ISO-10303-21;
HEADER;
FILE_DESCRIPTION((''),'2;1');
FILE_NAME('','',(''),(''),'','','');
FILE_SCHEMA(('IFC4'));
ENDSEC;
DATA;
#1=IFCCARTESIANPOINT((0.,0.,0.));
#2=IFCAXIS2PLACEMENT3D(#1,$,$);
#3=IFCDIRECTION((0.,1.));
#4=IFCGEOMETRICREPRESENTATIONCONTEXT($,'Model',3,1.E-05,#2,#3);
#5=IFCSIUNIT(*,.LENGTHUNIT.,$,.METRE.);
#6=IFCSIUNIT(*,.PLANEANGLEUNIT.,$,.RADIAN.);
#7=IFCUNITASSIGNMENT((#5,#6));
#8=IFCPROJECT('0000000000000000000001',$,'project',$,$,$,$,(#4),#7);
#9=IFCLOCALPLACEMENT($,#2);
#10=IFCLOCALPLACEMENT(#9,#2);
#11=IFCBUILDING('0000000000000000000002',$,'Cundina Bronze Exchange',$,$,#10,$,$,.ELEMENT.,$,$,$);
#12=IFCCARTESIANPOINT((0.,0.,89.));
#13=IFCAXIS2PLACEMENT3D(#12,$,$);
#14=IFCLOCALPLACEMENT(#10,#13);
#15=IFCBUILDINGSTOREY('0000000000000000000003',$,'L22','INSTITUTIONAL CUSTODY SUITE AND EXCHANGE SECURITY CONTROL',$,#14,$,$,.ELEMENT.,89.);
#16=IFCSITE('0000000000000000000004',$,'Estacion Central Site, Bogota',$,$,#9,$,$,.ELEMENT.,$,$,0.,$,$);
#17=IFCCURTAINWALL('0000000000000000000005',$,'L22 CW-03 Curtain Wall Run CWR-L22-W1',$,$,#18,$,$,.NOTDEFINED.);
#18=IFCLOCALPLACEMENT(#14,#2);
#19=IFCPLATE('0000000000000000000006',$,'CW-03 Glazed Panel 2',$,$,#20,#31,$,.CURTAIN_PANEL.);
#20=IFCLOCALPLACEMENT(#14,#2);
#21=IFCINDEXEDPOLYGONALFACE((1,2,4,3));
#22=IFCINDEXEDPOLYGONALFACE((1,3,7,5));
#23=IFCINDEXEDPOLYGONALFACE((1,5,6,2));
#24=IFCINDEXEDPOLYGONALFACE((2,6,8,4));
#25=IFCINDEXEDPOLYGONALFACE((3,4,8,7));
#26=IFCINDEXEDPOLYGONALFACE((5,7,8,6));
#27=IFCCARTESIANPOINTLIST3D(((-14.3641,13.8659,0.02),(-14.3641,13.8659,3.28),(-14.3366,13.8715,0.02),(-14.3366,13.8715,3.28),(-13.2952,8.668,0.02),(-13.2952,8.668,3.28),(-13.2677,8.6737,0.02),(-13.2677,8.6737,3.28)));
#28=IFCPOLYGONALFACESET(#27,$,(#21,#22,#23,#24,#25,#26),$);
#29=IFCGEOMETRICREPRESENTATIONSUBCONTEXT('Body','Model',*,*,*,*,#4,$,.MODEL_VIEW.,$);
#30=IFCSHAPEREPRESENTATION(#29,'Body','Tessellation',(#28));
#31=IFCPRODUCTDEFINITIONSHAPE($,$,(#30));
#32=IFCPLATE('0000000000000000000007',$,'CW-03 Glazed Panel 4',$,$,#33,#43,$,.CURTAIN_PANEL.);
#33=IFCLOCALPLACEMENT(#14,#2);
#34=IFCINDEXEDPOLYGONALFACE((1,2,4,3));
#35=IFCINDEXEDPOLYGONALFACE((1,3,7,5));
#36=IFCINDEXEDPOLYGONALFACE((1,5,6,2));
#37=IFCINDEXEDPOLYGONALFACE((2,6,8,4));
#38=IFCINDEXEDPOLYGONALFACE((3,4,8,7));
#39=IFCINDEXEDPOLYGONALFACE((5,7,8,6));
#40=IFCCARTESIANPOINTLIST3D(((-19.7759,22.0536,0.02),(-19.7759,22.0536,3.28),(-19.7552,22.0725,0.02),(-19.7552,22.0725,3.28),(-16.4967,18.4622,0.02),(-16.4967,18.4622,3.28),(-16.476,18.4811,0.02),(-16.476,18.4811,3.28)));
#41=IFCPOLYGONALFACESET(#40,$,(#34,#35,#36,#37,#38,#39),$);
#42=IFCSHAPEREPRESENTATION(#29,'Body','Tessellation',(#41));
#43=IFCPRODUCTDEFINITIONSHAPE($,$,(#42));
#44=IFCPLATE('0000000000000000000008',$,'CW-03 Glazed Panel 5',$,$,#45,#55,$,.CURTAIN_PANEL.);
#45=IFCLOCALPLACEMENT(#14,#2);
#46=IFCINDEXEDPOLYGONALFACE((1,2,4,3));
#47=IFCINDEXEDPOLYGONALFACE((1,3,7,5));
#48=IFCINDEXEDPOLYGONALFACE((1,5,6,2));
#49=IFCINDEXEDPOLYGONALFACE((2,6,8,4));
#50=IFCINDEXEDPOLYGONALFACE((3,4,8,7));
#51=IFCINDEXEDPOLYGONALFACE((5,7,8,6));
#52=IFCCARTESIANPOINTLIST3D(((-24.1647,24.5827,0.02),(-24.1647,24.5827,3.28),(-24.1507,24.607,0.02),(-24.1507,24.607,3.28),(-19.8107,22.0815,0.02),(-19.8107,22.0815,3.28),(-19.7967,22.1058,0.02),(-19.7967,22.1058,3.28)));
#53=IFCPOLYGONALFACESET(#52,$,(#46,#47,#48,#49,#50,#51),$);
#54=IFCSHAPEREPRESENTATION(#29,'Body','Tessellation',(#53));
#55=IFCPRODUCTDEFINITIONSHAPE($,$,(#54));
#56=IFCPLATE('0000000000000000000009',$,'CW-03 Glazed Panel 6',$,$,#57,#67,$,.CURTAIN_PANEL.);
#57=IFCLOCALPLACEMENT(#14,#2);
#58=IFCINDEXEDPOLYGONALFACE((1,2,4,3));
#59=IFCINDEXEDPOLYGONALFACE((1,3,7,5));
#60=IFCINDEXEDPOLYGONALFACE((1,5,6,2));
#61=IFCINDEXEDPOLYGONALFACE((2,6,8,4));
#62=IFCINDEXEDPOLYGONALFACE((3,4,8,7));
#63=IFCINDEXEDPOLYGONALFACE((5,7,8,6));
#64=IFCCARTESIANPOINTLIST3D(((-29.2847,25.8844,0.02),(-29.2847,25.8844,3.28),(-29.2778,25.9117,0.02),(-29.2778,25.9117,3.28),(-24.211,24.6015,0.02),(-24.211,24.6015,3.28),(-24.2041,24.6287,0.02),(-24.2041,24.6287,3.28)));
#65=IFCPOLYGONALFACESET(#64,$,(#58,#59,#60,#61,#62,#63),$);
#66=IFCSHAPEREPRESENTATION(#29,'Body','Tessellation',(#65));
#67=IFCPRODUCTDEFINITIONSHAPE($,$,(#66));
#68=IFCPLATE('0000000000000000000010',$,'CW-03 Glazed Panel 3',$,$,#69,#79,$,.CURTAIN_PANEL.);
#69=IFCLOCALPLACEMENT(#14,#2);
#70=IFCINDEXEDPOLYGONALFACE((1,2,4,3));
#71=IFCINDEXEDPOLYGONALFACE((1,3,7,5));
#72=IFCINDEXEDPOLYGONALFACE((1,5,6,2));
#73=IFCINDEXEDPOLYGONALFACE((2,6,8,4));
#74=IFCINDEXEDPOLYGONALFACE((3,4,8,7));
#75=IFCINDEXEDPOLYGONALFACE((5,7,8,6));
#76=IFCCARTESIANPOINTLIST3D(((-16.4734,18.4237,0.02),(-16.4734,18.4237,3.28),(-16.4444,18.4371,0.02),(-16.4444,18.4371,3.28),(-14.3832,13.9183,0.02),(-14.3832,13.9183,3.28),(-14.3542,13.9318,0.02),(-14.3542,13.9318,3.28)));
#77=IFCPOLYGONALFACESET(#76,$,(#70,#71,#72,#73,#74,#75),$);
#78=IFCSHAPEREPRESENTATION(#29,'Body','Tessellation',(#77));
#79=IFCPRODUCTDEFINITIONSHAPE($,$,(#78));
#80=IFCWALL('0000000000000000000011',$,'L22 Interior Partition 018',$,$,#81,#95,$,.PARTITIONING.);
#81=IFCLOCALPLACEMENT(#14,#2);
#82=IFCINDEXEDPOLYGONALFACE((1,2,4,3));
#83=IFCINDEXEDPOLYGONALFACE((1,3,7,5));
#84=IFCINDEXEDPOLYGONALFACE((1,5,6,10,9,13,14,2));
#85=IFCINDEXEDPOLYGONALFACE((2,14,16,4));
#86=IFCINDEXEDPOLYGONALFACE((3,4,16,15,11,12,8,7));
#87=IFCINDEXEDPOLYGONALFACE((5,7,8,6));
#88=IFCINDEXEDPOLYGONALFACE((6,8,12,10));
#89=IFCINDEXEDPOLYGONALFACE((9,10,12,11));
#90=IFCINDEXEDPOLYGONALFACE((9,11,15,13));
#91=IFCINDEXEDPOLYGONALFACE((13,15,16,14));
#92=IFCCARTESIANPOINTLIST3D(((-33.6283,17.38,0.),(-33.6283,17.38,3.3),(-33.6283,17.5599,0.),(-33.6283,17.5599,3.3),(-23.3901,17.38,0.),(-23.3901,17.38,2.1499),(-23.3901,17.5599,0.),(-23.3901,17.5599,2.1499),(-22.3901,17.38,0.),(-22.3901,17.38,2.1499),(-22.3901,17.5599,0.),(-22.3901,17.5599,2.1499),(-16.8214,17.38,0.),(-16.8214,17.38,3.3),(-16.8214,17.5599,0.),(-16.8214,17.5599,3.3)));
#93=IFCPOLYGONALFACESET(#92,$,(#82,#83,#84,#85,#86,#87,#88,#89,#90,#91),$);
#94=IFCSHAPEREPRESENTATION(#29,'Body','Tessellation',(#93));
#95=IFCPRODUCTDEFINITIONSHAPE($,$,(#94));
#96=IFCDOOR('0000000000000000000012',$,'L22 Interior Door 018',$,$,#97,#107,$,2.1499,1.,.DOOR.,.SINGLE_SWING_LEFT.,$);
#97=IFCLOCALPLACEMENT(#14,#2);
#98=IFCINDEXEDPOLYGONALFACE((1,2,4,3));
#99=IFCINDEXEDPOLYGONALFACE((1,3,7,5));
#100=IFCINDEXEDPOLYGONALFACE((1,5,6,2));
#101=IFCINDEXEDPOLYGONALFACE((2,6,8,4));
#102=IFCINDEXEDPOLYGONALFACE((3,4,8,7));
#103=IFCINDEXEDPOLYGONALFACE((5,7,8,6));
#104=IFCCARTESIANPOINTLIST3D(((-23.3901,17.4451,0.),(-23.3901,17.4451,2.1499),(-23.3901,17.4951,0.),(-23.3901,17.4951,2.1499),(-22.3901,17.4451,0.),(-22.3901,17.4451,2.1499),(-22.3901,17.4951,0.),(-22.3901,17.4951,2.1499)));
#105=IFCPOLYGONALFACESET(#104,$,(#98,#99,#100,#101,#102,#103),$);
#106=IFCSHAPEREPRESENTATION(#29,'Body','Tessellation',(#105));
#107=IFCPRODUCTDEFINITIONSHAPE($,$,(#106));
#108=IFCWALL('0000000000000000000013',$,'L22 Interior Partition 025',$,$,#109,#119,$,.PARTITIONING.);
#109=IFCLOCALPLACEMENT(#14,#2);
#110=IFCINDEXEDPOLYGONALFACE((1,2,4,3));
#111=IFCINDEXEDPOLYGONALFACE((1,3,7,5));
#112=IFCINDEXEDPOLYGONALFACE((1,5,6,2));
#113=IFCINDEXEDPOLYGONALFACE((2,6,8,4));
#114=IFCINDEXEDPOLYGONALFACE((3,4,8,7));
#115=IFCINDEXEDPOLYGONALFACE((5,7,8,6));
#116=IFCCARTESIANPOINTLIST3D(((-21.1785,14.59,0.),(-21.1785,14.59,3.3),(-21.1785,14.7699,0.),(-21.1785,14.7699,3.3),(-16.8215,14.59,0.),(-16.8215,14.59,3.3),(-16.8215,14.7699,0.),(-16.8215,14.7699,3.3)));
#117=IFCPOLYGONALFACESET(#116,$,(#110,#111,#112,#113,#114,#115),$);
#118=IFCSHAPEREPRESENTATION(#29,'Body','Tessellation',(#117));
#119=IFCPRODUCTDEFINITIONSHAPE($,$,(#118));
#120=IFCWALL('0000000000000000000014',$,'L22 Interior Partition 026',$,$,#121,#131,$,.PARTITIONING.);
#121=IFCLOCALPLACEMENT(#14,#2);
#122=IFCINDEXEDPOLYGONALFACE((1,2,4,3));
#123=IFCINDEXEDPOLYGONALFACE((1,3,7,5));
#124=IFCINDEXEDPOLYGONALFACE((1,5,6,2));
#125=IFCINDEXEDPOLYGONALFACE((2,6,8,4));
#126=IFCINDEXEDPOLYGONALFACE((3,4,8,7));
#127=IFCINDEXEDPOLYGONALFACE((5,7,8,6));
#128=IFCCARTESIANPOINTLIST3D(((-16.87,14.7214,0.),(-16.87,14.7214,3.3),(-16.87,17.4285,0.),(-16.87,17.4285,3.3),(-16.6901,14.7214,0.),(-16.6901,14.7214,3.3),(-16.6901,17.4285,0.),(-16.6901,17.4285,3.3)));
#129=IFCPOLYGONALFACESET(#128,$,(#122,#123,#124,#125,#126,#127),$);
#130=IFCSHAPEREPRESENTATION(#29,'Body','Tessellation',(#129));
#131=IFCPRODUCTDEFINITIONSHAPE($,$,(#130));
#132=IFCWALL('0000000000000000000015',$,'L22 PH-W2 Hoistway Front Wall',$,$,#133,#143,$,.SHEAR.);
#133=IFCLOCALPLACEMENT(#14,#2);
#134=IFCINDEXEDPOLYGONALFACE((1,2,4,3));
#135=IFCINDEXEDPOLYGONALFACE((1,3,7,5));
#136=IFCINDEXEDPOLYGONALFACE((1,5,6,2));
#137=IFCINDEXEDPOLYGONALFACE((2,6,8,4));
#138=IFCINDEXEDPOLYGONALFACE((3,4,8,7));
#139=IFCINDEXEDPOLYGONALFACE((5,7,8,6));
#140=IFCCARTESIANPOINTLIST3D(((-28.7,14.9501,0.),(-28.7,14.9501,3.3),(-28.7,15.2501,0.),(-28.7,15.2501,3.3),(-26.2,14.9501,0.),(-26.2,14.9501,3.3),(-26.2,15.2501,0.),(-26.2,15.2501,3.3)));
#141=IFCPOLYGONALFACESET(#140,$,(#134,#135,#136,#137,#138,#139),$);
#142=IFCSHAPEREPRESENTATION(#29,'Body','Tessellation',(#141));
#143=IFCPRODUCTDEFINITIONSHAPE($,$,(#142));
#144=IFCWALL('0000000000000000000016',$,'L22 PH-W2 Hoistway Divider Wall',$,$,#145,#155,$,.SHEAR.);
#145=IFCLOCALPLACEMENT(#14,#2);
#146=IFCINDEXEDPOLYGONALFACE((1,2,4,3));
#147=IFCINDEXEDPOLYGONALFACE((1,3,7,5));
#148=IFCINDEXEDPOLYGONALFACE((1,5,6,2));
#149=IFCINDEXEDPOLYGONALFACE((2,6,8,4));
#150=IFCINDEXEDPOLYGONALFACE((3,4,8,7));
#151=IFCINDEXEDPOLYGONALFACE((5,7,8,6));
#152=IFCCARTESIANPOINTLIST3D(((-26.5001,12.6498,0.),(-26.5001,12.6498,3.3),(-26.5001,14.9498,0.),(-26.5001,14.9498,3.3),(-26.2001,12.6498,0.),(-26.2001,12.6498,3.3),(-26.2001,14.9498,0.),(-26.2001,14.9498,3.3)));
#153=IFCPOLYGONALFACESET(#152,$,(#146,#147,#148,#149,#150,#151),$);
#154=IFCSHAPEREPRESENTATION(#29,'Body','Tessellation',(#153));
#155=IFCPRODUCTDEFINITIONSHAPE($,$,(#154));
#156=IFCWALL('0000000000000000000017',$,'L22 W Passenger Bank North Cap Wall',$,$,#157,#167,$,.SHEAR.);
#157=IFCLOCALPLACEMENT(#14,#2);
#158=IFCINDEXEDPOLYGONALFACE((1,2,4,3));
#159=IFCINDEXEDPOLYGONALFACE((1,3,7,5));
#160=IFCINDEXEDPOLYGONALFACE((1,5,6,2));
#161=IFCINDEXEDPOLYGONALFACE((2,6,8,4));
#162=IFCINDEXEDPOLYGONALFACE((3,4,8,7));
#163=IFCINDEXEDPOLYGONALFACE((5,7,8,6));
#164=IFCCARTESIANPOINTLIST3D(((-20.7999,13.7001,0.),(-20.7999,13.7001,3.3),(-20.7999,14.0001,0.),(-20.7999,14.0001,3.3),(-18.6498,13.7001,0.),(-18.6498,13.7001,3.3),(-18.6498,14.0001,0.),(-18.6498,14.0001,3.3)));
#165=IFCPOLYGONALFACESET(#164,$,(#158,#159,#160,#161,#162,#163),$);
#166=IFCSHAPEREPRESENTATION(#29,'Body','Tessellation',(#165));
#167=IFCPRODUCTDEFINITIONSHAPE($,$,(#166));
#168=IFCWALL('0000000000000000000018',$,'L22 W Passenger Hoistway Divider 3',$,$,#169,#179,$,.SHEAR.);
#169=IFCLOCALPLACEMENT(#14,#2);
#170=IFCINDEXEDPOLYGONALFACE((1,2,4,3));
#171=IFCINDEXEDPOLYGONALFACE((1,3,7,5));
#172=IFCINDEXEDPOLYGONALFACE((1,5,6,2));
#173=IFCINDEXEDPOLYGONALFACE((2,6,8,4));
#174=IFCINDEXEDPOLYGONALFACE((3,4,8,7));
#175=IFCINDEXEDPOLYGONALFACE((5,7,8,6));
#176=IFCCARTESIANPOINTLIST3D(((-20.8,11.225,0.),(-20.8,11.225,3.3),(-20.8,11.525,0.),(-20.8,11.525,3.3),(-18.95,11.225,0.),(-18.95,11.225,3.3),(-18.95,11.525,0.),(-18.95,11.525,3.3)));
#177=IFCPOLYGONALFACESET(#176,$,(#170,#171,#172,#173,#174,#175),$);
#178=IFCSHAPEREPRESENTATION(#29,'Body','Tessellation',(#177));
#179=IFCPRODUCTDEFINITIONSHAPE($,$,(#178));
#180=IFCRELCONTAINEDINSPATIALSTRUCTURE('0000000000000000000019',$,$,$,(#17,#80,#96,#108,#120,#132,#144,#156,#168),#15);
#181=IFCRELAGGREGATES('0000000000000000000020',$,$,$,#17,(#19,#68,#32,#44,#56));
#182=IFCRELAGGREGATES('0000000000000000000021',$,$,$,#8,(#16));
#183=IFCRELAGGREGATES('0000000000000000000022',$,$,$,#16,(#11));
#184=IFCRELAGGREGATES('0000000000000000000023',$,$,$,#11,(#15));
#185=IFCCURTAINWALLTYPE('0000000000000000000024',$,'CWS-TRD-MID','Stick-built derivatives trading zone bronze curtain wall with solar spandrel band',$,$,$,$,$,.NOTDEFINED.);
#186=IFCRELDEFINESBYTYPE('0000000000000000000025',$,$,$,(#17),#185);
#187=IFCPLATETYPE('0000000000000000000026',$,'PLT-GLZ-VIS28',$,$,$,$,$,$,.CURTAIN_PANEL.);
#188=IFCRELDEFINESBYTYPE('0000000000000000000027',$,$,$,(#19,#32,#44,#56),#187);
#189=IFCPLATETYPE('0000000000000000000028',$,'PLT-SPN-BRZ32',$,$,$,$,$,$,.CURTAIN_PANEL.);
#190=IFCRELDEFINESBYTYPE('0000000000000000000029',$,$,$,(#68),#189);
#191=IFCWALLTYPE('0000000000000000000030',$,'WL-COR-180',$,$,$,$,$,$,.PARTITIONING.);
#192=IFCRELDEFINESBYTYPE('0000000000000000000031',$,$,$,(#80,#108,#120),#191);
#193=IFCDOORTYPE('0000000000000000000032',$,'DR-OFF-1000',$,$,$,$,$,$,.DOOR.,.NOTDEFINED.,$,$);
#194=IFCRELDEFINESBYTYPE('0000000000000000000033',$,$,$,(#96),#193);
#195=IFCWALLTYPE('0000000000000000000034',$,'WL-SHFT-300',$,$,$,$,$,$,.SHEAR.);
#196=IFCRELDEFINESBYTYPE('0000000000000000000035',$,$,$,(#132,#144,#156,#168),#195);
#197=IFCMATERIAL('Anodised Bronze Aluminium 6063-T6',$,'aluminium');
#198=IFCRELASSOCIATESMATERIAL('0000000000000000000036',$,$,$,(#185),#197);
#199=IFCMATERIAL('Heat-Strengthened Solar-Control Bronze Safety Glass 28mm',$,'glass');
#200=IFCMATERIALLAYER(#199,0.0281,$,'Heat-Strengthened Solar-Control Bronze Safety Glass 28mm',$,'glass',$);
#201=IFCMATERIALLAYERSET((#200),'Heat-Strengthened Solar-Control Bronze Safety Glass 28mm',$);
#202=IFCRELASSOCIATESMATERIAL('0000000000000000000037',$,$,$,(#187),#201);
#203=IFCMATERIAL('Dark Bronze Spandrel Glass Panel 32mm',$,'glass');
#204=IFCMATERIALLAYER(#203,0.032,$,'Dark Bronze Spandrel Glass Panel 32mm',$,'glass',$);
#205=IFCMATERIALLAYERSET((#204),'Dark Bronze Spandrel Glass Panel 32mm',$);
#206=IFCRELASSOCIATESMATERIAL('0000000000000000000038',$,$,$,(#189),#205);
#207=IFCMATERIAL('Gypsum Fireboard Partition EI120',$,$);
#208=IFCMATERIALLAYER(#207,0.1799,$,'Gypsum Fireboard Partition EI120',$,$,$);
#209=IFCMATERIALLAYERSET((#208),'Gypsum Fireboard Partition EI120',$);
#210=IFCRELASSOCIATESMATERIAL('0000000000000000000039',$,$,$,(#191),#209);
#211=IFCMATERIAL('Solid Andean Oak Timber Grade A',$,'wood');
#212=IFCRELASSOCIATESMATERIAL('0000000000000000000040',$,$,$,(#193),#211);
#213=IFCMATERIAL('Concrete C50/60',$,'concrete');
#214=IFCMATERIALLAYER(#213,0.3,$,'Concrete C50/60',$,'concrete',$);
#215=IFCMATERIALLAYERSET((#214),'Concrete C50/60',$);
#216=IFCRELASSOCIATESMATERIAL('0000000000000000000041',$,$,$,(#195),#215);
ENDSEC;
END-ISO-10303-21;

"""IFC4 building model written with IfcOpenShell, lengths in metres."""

from ifc_helpers import new_model, si_unit, direction, frame, frame_2d, origin, origin_2d, place, context, subcontext, project, spatial, rectangle, extrude, material, layer, layer_set, type_object, element, fill, aggregate, save


model = new_model("IFC4")

# Units and contexts
model_context = context("Model", 3, precision=1e-05, world=origin(), true_north=direction((0.0, 1.0)))
body_context = subcontext(model_context, "Body", "Model", "MODEL_VIEW")
ifc_project = project(units=[si_unit("LENGTHUNIT", "METRE"), si_unit("PLANEANGLEUNIT", "RADIAN")], contexts=[model_context])

# Site, building, storey
site_placement = place(None, origin())
site = spatial("IfcSite", under=ifc_project, at=site_placement, Name="Estacion Central Site, Bogota", CompositionType="ELEMENT", RefElevation=0.0)
building_placement = place(site_placement, origin())
building = spatial("IfcBuilding", under=site, at=building_placement, Name="Cundina Bronze Exchange", CompositionType="ELEMENT")
storey_placement = place(building_placement, frame((0.0, 0.0, 89.0)))
storey = spatial("IfcBuildingStorey", under=building, at=storey_placement, Name="L22", Description="INSTITUTIONAL CUSTODY SUITE AND EXCHANGE SECURITY CONTROL", CompositionType="ELEMENT", Elevation=89.0)

# Curtain wall, plates
ifc_material_1 = material(Name="Anodised Bronze Aluminium 6063-T6", Category="aluminium")
curtain_wall_type = type_object("IfcCurtainWallType", Name="CWS-TRD-MID", Description="Stick-built derivatives trading zone bronze curtain wall with solar spandrel band", PredefinedType="NOTDEFINED", material=ifc_material_1)
curtain_wall_placement = place(storey_placement, origin())
curtain_wall = element("IfcCurtainWall", 1, at=curtain_wall_placement, inside=storey, type_object=curtain_wall_type, Name="L22 CW-03 Curtain Wall Run CWR-L22-W1", PredefinedType="NOTDEFINED")
ifc_material_2 = material(Name="Heat-Strengthened Solar-Control Bronze Safety Glass 28mm", Category="glass")
ifc_layer_1 = layer(ifc_material_2, 0.0281, Name="Heat-Strengthened Solar-Control Bronze Safety Glass 28mm", Category="glass")
ifc_layer_set_1 = layer_set([ifc_layer_1], Name="Heat-Strengthened Solar-Control Bronze Safety Glass 28mm")
plate_type_1 = type_object("IfcPlateType", Name="PLT-GLZ-VIS28", PredefinedType="CURTAIN_PANEL", material=ifc_layer_set_1)
plate_1_placement = place(storey_placement, frame((-13.8159, 11.2698, 0.02), z_axis=(0.0, 0.0, 1.0), x_axis=(-0.20142, 0.979505, 0.0)))
plate_1 = element("IfcPlate", 2, at=plate_1_placement, type_object=plate_type_1, Name="CW-03 Glazed Panel 2", PredefinedType="CURTAIN_PANEL", context=body_context, shape_type="SweptSolid", body=[
    extrude(rectangle(XDim=5.3066, YDim=0.0281, at=origin_2d()), origin(), (0.0, 0.0, 1.0), 3.26),
])
plate_2_placement = place(storey_placement, frame((-18.126, 20.2673, 0.02), z_axis=(0.0, 0.0, 1.0), x_axis=(-0.674277, 0.738479, 0.0)))
plate_2 = element("IfcPlate", 3, at=plate_2_placement, type_object=plate_type_1, Name="CW-03 Glazed Panel 4", PredefinedType="CURTAIN_PANEL", context=body_context, shape_type="SweptSolid", body=[
    extrude(rectangle(XDim=4.8633, YDim=0.0281, at=origin_2d()), origin(), (0.0, 0.0, 1.0), 3.26),
])
plate_3_placement = place(storey_placement, frame((-21.9807, 23.3442, 0.02), z_axis=(0.0, 0.0, 1.0), x_axis=(-0.867105, 0.498125, 0.0)))
plate_3 = element("IfcPlate", 4, at=plate_3_placement, type_object=plate_type_1, Name="CW-03 Glazed Panel 5", PredefinedType="CURTAIN_PANEL", context=body_context, shape_type="SweptSolid", body=[
    extrude(rectangle(XDim=5.0212, YDim=0.0281, at=origin_2d()), origin(), (0.0, 0.0, 1.0), 3.26),
])
plate_4_placement = place(storey_placement, frame((-26.7444, 25.2566, 0.02), z_axis=(0.0, 0.0, 1.0), x_axis=(-0.969488, 0.245138, 0.0)))
plate_4 = element("IfcPlate", 5, at=plate_4_placement, type_object=plate_type_1, Name="CW-03 Glazed Panel 6", PredefinedType="CURTAIN_PANEL", context=body_context, shape_type="SweptSolid", body=[
    extrude(rectangle(XDim=5.2334, YDim=0.0281, at=origin_2d()), origin(), (0.0, 0.0, 1.0), 3.26),
])
ifc_material_3 = material(Name="Dark Bronze Spandrel Glass Panel 32mm", Category="glass")
ifc_layer_2 = layer(ifc_material_3, 0.032, Name="Dark Bronze Spandrel Glass Panel 32mm", Category="glass")
ifc_layer_set_2 = layer_set([ifc_layer_2], Name="Dark Bronze Spandrel Glass Panel 32mm")
plate_type_2 = type_object("IfcPlateType", Name="PLT-SPN-BRZ32", PredefinedType="CURTAIN_PANEL", material=ifc_layer_set_2)
plate_5_placement = place(storey_placement, frame((-15.4138, 16.1777, 0.02), z_axis=(0.0, 0.0, 1.0), x_axis=(-0.420846, 0.907132, 0.0)))
plate_5 = element("IfcPlate", 6, at=plate_5_placement, type_object=plate_type_2, Name="CW-03 Glazed Panel 3", PredefinedType="CURTAIN_PANEL", context=body_context, shape_type="SweptSolid", body=[
    extrude(rectangle(XDim=4.9666, YDim=0.032, at=origin_2d()), origin(), (0.0, 0.0, 1.0), 3.26),
])
aggregate(curtain_wall, [plate_1, plate_5, plate_2, plate_3, plate_4])

# Wall, opening, door
ifc_material_4 = material(Name="Gypsum Fireboard Partition EI120")
ifc_layer_3 = layer(ifc_material_4, 0.1799, Name="Gypsum Fireboard Partition EI120")
ifc_layer_set_3 = layer_set([ifc_layer_3], Name="Gypsum Fireboard Partition EI120")
wall_type_1 = type_object("IfcWallType", Name="WL-COR-180", PredefinedType="PARTITIONING", material=ifc_layer_set_3)
wall_1_placement = place(storey_placement, frame((-16.8215, 17.47, 0.0), z_axis=(0.0, 0.0, 1.0), x_axis=(-1.0, 0.0, 0.0)))
wall_1 = element("IfcWall", 7, at=wall_1_placement, inside=storey, type_object=wall_type_1, Name="L22 Interior Partition 018", PredefinedType="PARTITIONING", context=body_context, shape_type="SweptSolid", body=[
    extrude(rectangle(XDim=16.8069, YDim=0.1799, at=frame_2d((8.4033, 0.0))), origin(), (0.0, 0.0, 1.0), 3.3),
])
opening_1_placement = place(wall_1_placement, frame((5.5686, 0.0, 0.0)))
opening_1 = element("IfcOpeningElement", 8, at=opening_1_placement, cuts=wall_1, PredefinedType="OPENING", context=body_context, shape_type="SweptSolid", body=[
    extrude(rectangle(XDim=1.0, YDim=2.1499, at=frame_2d((0.5, 1.075))), frame((0.0, 0.0999, 0.0), z_axis=(0.0, -1.0, 0.0), x_axis=(1.0, 0.0, 0.0)), (0.0, 0.0, 1.0), 0.2),
])
ifc_material_5 = material(Name="Solid Andean Oak Timber Grade A", Category="wood")
door_type_1 = type_object("IfcDoorType", Name="DR-OFF-1000", OperationType="NOTDEFINED", PredefinedType="DOOR", material=ifc_material_5)
door_1_placement = place(opening_1_placement, origin())
door_1 = element("IfcDoor", 9, at=door_1_placement, inside=storey, type_object=door_type_1, Name="L22 Interior Door 018", OperationType="SINGLE_SWING_LEFT", OverallHeight=2.1499, OverallWidth=1.0, PredefinedType="DOOR", context=body_context, shape_type="SweptSolid", body=[
    extrude(rectangle(XDim=1.0, YDim=2.1499, at=frame_2d((0.5, 1.075))), frame((0.0, 0.0249, 0.0), z_axis=(0.0, -1.0, 0.0), x_axis=(1.0, 0.0, 0.0)), (0.0, 0.0, 1.0), 0.05),
])
fill(opening_1, door_1)

# Walls
wall_2_placement = place(storey_placement, frame((-21.1785, 14.6799, 0.0), z_axis=(0.0, 0.0, 1.0), x_axis=(1.0, 0.0, 0.0)))
element("IfcWall", 10, at=wall_2_placement, inside=storey, type_object=wall_type_1, Name="L22 Interior Partition 025", PredefinedType="PARTITIONING", context=body_context, shape_type="SweptSolid", body=[
    extrude(rectangle(XDim=4.3569, YDim=0.1799, at=frame_2d((2.1785, 0.0))), origin(), (0.0, 0.0, 1.0), 3.3),
])
wall_3_placement = place(storey_placement, frame((-16.78, 14.7214, 0.0), z_axis=(0.0, 0.0, 1.0), x_axis=(0.0, 1.0, 0.0)))
element("IfcWall", 11, at=wall_3_placement, inside=storey, type_object=wall_type_1, Name="L22 Interior Partition 026", PredefinedType="PARTITIONING", context=body_context, shape_type="SweptSolid", body=[
    extrude(rectangle(XDim=2.707, YDim=0.1799, at=frame_2d((1.3535, 0.0))), origin(), (0.0, 0.0, 1.0), 3.3),
])

# Shared definitions
ifc_material_6 = material(Name="Concrete C50/60", Category="concrete")
ifc_layer_4 = layer(ifc_material_6, 0.3, Name="Concrete C50/60", Category="concrete")
ifc_layer_set_4 = layer_set([ifc_layer_4], Name="Concrete C50/60")
wall_type_2 = type_object("IfcWallType", Name="WL-SHFT-300", PredefinedType="SHEAR", material=ifc_layer_set_4)

# Walls
wall_4_placement = place(storey_placement, frame((-28.7, 15.1001, 0.0), z_axis=(0.0, 0.0, 1.0), x_axis=(1.0, 0.0, 0.0)))
element("IfcWall", 12, at=wall_4_placement, inside=storey, type_object=wall_type_2, Name="L22 PH-W2 Hoistway Front Wall", PredefinedType="SHEAR", context=body_context, shape_type="SweptSolid", body=[
    extrude(rectangle(XDim=2.5, YDim=0.3, at=frame_2d((1.25, 0.0))), origin(), (0.0, 0.0, 1.0), 3.3),
])
wall_5_placement = place(storey_placement, frame((-26.3501, 12.6499, 0.0), z_axis=(0.0, 0.0, 1.0), x_axis=(0.0, 1.0, 0.0)))
element("IfcWall", 13, at=wall_5_placement, inside=storey, type_object=wall_type_2, Name="L22 PH-W2 Hoistway Divider Wall", PredefinedType="SHEAR", context=body_context, shape_type="SweptSolid", body=[
    extrude(rectangle(XDim=2.3, YDim=0.3, at=frame_2d((1.1499, 0.0))), origin(), (0.0, 0.0, 1.0), 3.3),
])
wall_6_placement = place(storey_placement, frame((-20.8, 13.8501, 0.0), z_axis=(0.0, 0.0, 1.0), x_axis=(1.0, 0.0, 0.0)))
element("IfcWall", 14, at=wall_6_placement, inside=storey, type_object=wall_type_2, Name="L22 W Passenger Bank North Cap Wall", PredefinedType="SHEAR", context=body_context, shape_type="SweptSolid", body=[
    extrude(rectangle(XDim=2.1501, YDim=0.3, at=frame_2d((1.0752, 0.0))), origin(), (0.0, 0.0, 1.0), 3.3),
])
wall_7_placement = place(storey_placement, frame((-20.8, 11.375, 0.0), z_axis=(0.0, 0.0, 1.0), x_axis=(1.0, 0.0, 0.0)))
element("IfcWall", 15, at=wall_7_placement, inside=storey, type_object=wall_type_2, Name="L22 W Passenger Hoistway Divider 3", PredefinedType="SHEAR", context=body_context, shape_type="SweptSolid", body=[
    extrude(rectangle(XDim=1.8501, YDim=0.3, at=frame_2d((0.925, 0.0))), origin(), (0.0, 0.0, 1.0), 3.3),
])

save(model, "model.ifc")
